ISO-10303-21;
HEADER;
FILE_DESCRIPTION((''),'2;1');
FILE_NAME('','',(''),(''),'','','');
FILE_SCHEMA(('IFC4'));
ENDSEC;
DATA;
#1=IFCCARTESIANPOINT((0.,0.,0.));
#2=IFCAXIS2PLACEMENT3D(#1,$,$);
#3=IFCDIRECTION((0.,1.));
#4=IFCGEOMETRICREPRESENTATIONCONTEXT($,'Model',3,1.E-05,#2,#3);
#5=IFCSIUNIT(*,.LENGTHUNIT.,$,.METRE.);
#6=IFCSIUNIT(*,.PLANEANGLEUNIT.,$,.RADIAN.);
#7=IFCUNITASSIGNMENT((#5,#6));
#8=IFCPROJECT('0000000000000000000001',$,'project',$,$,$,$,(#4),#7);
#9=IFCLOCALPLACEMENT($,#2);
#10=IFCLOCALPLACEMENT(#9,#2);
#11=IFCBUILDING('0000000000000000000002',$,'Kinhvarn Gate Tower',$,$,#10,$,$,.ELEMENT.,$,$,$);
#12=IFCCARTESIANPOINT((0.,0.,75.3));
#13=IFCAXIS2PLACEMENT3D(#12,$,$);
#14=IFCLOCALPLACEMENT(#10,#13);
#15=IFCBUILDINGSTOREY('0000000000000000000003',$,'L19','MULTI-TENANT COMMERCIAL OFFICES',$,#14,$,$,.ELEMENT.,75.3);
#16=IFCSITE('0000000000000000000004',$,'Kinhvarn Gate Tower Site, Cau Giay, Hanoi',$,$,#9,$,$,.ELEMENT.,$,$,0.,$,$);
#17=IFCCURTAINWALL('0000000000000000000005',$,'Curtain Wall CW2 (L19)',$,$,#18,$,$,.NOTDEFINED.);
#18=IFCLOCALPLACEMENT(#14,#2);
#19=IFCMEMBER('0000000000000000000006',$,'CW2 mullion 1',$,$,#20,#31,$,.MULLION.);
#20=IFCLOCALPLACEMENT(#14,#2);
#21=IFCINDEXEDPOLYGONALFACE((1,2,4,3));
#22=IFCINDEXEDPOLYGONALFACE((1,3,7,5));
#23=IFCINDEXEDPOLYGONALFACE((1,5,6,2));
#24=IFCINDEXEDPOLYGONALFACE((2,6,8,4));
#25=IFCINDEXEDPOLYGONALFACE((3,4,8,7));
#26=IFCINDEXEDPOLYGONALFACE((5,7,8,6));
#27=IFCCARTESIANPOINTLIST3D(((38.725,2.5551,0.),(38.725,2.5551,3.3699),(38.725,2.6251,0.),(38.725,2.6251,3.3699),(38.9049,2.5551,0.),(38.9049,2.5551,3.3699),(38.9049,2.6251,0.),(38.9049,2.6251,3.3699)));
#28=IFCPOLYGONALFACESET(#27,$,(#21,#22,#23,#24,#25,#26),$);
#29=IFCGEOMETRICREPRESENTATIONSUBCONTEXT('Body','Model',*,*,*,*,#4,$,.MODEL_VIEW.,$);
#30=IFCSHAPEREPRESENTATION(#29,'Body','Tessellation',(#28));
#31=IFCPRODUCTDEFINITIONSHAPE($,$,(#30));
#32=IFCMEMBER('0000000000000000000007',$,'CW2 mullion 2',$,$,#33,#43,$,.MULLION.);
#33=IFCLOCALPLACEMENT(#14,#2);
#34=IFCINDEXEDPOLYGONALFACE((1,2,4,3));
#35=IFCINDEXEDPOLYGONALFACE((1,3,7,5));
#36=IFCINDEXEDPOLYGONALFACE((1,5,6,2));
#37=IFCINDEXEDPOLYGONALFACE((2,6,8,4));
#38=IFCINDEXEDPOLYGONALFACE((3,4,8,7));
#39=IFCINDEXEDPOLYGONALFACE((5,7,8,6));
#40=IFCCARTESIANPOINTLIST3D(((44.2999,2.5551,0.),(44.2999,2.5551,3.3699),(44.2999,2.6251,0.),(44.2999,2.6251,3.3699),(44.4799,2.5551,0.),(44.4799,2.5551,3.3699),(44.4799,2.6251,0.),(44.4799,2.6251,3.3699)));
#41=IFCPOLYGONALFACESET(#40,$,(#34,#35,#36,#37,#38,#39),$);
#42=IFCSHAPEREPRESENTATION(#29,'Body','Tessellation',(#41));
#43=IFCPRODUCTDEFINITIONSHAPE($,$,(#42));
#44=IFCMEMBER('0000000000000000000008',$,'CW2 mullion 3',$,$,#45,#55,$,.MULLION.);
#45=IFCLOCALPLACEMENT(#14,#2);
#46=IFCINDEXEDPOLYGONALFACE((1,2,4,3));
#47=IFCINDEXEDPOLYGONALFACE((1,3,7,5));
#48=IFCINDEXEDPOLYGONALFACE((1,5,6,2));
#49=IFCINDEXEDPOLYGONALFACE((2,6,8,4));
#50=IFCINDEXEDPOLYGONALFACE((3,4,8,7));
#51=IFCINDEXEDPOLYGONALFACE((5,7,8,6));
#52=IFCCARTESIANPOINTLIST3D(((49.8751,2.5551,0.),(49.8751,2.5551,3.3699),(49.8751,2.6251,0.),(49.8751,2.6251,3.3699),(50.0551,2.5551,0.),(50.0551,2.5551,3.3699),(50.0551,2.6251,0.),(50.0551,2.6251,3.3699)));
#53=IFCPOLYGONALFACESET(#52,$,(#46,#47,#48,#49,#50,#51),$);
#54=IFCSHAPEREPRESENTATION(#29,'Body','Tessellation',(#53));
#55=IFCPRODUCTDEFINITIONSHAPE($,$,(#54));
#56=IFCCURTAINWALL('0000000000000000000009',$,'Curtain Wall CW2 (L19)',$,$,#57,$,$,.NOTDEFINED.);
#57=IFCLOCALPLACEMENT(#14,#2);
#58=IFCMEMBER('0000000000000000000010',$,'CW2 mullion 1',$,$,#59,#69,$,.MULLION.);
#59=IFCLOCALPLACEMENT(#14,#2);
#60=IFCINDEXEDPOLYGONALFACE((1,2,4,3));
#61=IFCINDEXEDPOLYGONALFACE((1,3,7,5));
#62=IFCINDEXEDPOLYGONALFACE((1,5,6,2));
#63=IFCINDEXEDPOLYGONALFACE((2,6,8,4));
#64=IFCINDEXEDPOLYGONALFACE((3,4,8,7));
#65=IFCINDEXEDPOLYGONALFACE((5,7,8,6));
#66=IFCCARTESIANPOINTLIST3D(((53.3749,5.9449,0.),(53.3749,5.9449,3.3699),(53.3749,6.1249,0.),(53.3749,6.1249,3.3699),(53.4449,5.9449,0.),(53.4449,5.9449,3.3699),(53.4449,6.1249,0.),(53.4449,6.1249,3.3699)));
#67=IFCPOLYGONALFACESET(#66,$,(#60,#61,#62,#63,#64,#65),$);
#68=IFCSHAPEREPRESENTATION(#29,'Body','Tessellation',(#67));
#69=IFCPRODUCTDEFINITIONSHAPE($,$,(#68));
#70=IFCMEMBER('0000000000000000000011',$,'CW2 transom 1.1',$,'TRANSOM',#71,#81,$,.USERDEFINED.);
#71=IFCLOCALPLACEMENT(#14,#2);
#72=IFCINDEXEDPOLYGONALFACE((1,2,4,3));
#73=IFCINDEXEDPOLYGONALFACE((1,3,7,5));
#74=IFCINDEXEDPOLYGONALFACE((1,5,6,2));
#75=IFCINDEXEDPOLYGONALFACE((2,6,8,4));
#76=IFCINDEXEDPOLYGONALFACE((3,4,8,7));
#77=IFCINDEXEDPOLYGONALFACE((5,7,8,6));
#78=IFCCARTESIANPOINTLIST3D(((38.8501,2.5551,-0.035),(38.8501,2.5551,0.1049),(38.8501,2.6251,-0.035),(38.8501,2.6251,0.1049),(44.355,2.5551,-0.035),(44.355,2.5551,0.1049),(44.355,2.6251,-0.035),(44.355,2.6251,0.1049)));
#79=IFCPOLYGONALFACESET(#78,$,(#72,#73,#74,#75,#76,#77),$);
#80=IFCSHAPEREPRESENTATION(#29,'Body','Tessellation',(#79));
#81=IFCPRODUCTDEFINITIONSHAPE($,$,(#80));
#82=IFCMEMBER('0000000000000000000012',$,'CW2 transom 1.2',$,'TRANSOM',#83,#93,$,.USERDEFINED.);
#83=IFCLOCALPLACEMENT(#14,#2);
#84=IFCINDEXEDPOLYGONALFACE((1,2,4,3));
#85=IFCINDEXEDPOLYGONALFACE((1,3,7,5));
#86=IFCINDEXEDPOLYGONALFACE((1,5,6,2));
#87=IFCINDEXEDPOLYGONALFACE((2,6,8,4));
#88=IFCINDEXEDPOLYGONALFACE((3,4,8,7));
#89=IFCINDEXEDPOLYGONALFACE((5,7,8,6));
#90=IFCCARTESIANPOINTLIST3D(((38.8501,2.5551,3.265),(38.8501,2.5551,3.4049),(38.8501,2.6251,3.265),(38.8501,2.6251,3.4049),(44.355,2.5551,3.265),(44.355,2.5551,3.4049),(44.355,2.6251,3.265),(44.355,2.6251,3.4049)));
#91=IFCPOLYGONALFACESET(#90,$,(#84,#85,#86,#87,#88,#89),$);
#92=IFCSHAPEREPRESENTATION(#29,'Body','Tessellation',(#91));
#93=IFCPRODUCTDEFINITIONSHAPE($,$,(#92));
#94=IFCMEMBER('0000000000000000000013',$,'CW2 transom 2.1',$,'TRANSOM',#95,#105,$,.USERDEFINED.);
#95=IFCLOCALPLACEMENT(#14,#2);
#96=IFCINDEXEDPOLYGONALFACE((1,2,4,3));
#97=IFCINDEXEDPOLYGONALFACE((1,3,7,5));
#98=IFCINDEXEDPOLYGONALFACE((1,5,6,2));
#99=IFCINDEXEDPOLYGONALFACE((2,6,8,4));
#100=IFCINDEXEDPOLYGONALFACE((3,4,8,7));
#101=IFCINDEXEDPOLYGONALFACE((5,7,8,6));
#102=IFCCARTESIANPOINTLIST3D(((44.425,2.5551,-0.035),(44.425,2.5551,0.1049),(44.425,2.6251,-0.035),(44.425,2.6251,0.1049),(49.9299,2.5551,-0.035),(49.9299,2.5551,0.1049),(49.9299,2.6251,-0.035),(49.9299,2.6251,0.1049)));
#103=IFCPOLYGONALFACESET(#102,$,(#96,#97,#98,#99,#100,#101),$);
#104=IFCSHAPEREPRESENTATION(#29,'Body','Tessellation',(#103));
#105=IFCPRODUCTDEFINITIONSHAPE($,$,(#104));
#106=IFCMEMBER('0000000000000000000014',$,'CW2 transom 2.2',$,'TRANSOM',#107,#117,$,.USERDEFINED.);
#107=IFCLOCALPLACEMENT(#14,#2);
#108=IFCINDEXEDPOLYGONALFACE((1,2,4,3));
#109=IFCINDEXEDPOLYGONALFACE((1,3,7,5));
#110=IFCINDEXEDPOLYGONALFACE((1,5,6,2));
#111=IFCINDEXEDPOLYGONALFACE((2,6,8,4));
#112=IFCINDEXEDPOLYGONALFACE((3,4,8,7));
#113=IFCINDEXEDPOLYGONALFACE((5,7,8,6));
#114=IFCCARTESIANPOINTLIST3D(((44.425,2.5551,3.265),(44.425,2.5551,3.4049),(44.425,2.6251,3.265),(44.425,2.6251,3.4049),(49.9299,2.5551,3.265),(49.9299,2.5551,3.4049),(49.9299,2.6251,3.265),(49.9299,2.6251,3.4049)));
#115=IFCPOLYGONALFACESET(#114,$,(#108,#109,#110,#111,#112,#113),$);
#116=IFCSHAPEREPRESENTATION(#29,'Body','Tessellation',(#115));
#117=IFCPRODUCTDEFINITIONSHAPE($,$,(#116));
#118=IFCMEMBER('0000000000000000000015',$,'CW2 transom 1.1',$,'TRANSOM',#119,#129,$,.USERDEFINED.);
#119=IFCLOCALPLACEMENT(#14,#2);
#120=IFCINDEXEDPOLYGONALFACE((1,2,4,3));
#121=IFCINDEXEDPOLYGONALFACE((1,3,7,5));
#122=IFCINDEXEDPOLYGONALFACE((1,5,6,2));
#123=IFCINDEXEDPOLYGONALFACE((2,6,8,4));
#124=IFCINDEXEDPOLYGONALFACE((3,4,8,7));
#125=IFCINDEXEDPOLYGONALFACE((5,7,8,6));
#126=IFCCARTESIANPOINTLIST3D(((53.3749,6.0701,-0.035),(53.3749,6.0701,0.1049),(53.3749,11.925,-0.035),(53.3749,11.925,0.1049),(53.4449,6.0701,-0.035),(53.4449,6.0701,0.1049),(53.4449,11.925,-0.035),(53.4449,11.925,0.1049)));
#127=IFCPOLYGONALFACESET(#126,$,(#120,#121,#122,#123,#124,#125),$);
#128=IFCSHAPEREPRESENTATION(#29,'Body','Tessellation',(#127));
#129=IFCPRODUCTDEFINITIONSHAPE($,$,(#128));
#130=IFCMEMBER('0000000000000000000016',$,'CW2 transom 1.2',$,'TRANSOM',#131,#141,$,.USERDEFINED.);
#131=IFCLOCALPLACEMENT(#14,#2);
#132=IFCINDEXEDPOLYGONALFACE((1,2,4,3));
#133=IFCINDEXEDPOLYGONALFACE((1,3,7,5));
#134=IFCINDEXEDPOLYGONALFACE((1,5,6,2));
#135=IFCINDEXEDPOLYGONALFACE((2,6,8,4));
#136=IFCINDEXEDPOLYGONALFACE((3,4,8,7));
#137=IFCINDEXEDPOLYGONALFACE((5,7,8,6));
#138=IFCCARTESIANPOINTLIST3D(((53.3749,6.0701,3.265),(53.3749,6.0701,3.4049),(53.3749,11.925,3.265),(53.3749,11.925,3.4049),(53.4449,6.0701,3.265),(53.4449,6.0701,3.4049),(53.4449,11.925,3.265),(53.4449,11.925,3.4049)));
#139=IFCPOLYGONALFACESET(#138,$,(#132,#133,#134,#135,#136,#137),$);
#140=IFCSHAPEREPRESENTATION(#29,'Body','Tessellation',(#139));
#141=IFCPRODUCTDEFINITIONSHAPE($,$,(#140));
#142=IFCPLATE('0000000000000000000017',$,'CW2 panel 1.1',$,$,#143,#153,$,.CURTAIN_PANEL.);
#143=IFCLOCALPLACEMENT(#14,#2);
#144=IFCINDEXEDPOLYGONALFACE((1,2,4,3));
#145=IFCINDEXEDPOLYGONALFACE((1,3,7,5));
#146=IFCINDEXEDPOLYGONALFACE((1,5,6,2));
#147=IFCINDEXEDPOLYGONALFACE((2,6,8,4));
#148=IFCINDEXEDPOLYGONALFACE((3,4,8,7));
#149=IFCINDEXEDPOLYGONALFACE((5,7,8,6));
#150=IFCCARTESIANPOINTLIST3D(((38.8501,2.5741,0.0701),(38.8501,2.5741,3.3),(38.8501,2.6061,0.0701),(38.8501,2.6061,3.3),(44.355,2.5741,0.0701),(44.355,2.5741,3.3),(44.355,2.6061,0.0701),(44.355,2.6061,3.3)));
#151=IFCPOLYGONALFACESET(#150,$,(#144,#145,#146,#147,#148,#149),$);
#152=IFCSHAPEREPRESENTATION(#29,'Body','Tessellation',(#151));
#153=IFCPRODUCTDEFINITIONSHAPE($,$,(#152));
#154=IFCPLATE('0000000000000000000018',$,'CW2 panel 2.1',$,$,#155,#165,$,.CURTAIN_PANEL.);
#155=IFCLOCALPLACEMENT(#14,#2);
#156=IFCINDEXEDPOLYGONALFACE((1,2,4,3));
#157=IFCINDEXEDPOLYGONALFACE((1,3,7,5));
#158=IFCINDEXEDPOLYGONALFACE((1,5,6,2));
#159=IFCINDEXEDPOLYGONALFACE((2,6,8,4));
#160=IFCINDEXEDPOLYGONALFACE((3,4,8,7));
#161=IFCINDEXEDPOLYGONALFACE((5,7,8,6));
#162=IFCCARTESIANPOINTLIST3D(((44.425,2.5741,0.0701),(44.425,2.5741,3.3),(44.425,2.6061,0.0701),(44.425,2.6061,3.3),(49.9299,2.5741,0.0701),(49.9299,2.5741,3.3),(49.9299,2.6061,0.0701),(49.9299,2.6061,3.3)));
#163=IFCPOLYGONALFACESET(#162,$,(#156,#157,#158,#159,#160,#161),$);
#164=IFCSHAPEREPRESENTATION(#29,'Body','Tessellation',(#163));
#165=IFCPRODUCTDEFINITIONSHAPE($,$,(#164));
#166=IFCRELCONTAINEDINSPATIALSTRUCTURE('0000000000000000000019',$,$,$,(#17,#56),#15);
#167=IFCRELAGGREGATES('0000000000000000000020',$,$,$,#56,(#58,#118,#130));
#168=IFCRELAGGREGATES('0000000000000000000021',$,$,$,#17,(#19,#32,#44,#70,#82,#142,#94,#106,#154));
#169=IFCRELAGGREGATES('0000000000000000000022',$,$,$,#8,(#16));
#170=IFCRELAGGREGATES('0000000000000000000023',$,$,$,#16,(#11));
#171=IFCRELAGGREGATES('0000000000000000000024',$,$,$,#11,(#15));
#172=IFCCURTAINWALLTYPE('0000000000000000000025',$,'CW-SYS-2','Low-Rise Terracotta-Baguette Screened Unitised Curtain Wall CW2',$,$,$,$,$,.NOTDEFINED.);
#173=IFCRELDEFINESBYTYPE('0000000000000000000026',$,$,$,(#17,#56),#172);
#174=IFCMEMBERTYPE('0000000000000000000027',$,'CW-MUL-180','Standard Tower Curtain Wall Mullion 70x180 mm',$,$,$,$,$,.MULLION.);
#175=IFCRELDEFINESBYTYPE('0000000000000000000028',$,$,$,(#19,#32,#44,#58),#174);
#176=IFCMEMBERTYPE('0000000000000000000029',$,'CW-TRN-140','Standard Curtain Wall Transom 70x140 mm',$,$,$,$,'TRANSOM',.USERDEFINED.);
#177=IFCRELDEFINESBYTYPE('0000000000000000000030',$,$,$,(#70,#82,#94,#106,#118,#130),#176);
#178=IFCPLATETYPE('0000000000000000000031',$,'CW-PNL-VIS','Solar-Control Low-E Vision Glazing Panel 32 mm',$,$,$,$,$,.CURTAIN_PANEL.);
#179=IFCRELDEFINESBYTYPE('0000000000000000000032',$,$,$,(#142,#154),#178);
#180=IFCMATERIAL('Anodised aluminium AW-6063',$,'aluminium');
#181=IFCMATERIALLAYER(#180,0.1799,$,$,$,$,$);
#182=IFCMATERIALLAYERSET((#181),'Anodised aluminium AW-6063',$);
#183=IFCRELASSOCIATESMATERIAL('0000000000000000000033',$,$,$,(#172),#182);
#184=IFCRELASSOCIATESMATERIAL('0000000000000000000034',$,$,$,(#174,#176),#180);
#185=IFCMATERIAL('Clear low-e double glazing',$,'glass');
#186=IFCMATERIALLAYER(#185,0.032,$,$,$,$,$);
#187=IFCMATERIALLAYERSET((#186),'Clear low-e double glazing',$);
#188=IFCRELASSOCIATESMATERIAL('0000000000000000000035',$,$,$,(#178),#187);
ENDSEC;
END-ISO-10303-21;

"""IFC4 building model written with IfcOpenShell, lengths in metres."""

from ifc_helpers import new_model, si_unit, direction, frame, origin, origin_2d, place, context, subcontext, project, spatial, rectangle, extrude, material, layer, layer_set, material_profile, profile_set, type_object, element, aggregate, save


model = new_model("IFC4")

# Units and contexts
model_context = context("Model", 3, precision=1e-05, world=origin(), true_north=direction((0.0, 1.0)))
body_context = subcontext(model_context, "Body", "Model", "MODEL_VIEW")
ifc_project = project(units=[si_unit("LENGTHUNIT", "METRE"), si_unit("PLANEANGLEUNIT", "RADIAN")], contexts=[model_context])

# Site, building, storey
site_placement = place(None, origin())
site = spatial("IfcSite", under=ifc_project, at=site_placement, Name="Kinhvarn Gate Tower Site, Cau Giay, Hanoi", CompositionType="ELEMENT", RefElevation=0.0)
building_placement = place(site_placement, origin())
building = spatial("IfcBuilding", under=site, at=building_placement, Name="Kinhvarn Gate Tower", CompositionType="ELEMENT")
storey_placement = place(building_placement, frame((0.0, 0.0, 75.3)))
storey = spatial("IfcBuildingStorey", under=building, at=storey_placement, Name="L19", Description="MULTI-TENANT COMMERCIAL OFFICES", CompositionType="ELEMENT", Elevation=75.3)

# Curtain wall, members
ifc_material_1 = material(Name="Anodised aluminium AW-6063", Category="aluminium")
ifc_layer_1 = layer(ifc_material_1, 0.1799)
ifc_layer_set_1 = layer_set([ifc_layer_1], Name="Anodised aluminium AW-6063")
curtain_wall_type = type_object("IfcCurtainWallType", Name="CW-SYS-2", Description="Low-Rise Terracotta-Baguette Screened Unitised Curtain Wall CW2", PredefinedType="NOTDEFINED", material=ifc_layer_set_1)
curtain_wall_1_placement = place(storey_placement, origin())
curtain_wall_1 = element("IfcCurtainWall", 1, at=curtain_wall_1_placement, inside=storey, type_object=curtain_wall_type, Name="Curtain Wall CW2 (L19)", PredefinedType="NOTDEFINED")
ifc_material_profile_1 = material_profile(ifc_material_1, rectangle(XDim=0.0701, YDim=0.1799, at=origin_2d()), Name="ALU 70x180")
ifc_profile_set_1 = profile_set([ifc_material_profile_1], Name="Anodised aluminium AW-6063")
member_type_1 = type_object("IfcMemberType", Name="CW-MUL-180", Description="Standard Tower Curtain Wall Mullion 70x180 mm", PredefinedType="MULLION", material=ifc_profile_set_1)
member_1_placement = place(storey_placement, frame((38.8149, 2.5901, 0.0), z_axis=(0.0, 0.0, 1.0), x_axis=(0.0, 1.0, 0.0)))
member_1 = element("IfcMember", 2, at=member_1_placement, type_object=member_type_1, Name="CW2 mullion 1", PredefinedType="MULLION", context=body_context, shape_type="SweptSolid", body=[
    extrude(rectangle(XDim=0.0701, YDim=0.1799, at=origin_2d()), origin(), (0.0, 0.0, 1.0), 3.3699),
])
member_2_placement = place(storey_placement, frame((44.3899, 2.5901, 0.0), z_axis=(0.0, 0.0, 1.0), x_axis=(0.0, 1.0, 0.0)))
member_2 = element("IfcMember", 3, at=member_2_placement, type_object=member_type_1, Name="CW2 mullion 2", PredefinedType="MULLION", context=body_context, shape_type="SweptSolid", body=[
    extrude(rectangle(XDim=0.0701, YDim=0.1799, at=origin_2d()), origin(), (0.0, 0.0, 1.0), 3.3699),
])
member_3_placement = place(storey_placement, frame((49.9651, 2.5901, 0.0), z_axis=(0.0, 0.0, 1.0), x_axis=(0.0, 1.0, 0.0)))
member_3 = element("IfcMember", 4, at=member_3_placement, type_object=member_type_1, Name="CW2 mullion 3", PredefinedType="MULLION", context=body_context, shape_type="SweptSolid", body=[
    extrude(rectangle(XDim=0.0701, YDim=0.1799, at=origin_2d()), origin(), (0.0, 0.0, 1.0), 3.3699),
])

# Curtain wall, member
curtain_wall_2_placement = place(storey_placement, origin())
curtain_wall_2 = element("IfcCurtainWall", 5, at=curtain_wall_2_placement, inside=storey, type_object=curtain_wall_type, Name="Curtain Wall CW2 (L19)", PredefinedType="NOTDEFINED")
member_4_placement = place(storey_placement, frame((53.4099, 6.0349, 0.0), z_axis=(0.0, 0.0, 1.0), x_axis=(-1.0, 0.0, 0.0)))
member_4 = element("IfcMember", 6, at=member_4_placement, type_object=member_type_1, Name="CW2 mullion 1", PredefinedType="MULLION", context=body_context, shape_type="SweptSolid", body=[
    extrude(rectangle(XDim=0.0701, YDim=0.1799, at=origin_2d()), origin(), (0.0, 0.0, 1.0), 3.3699),
])

# Members
ifc_material_profile_2 = material_profile(ifc_material_1, rectangle(XDim=0.0701, YDim=0.1399, at=origin_2d()), Name="ALU 70x140")
ifc_profile_set_2 = profile_set([ifc_material_profile_2], Name="Anodised aluminium AW-6063")
member_type_2 = type_object("IfcMemberType", Name="CW-TRN-140", Description="Standard Curtain Wall Transom 70x140 mm", ElementType="TRANSOM", PredefinedType="USERDEFINED", material=ifc_profile_set_2)
member_5_placement = place(storey_placement, frame((38.8501, 2.5901, 0.0349), z_axis=(1.0, 0.0, 0.0), x_axis=(0.0, 1.0, 0.0)))
member_5 = element("IfcMember", 7, at=member_5_placement, type_object=member_type_2, Name="CW2 transom 1.1", ObjectType="TRANSOM", PredefinedType="USERDEFINED", context=body_context, shape_type="SweptSolid", body=[
    extrude(rectangle(XDim=0.0701, YDim=0.1399, at=origin_2d()), origin(), (0.0, 0.0, 1.0), 5.5049),
])
member_6_placement = place(storey_placement, frame((38.8501, 2.5901, 3.335), z_axis=(1.0, 0.0, 0.0), x_axis=(0.0, 1.0, 0.0)))
member_6 = element("IfcMember", 8, at=member_6_placement, type_object=member_type_2, Name="CW2 transom 1.2", ObjectType="TRANSOM", PredefinedType="USERDEFINED", context=body_context, shape_type="SweptSolid", body=[
    extrude(rectangle(XDim=0.0701, YDim=0.1399, at=origin_2d()), origin(), (0.0, 0.0, 1.0), 5.5049),
])
member_7_placement = place(storey_placement, frame((44.425, 2.5901, 0.0349), z_axis=(1.0, 0.0, 0.0), x_axis=(0.0, 1.0, 0.0)))
member_7 = element("IfcMember", 9, at=member_7_placement, type_object=member_type_2, Name="CW2 transom 2.1", ObjectType="TRANSOM", PredefinedType="USERDEFINED", context=body_context, shape_type="SweptSolid", body=[
    extrude(rectangle(XDim=0.0701, YDim=0.1399, at=origin_2d()), origin(), (0.0, 0.0, 1.0), 5.5049),
])
member_8_placement = place(storey_placement, frame((44.425, 2.5901, 3.335), z_axis=(1.0, 0.0, 0.0), x_axis=(0.0, 1.0, 0.0)))
member_8 = element("IfcMember", 10, at=member_8_placement, type_object=member_type_2, Name="CW2 transom 2.2", ObjectType="TRANSOM", PredefinedType="USERDEFINED", context=body_context, shape_type="SweptSolid", body=[
    extrude(rectangle(XDim=0.0701, YDim=0.1399, at=origin_2d()), origin(), (0.0, 0.0, 1.0), 5.5049),
])
member_9_placement = place(storey_placement, frame((53.4099, 6.0701, 0.0349), z_axis=(0.0, 1.0, 0.0), x_axis=(-1.0, 0.0, 0.0)))
member_9 = element("IfcMember", 11, at=member_9_placement, type_object=member_type_2, Name="CW2 transom 1.1", ObjectType="TRANSOM", PredefinedType="USERDEFINED", context=body_context, shape_type="SweptSolid", body=[
    extrude(rectangle(XDim=0.0701, YDim=0.1399, at=origin_2d()), origin(), (0.0, 0.0, 1.0), 5.855),
])
member_10_placement = place(storey_placement, frame((53.4099, 6.0701, 3.335), z_axis=(0.0, 1.0, 0.0), x_axis=(-1.0, 0.0, 0.0)))
member_10 = element("IfcMember", 12, at=member_10_placement, type_object=member_type_2, Name="CW2 transom 1.2", ObjectType="TRANSOM", PredefinedType="USERDEFINED", context=body_context, shape_type="SweptSolid", body=[
    extrude(rectangle(XDim=0.0701, YDim=0.1399, at=origin_2d()), origin(), (0.0, 0.0, 1.0), 5.855),
])
aggregate(curtain_wall_2, [member_4, member_9, member_10])

# Plates
ifc_material_2 = material(Name="Clear low-e double glazing", Category="glass")
ifc_layer_2 = layer(ifc_material_2, 0.032)
ifc_layer_set_2 = layer_set([ifc_layer_2], Name="Clear low-e double glazing")
plate_type = type_object("IfcPlateType", Name="CW-PNL-VIS", Description="Solar-Control Low-E Vision Glazing Panel 32 mm", PredefinedType="CURTAIN_PANEL", material=ifc_layer_set_2)
plate_1_placement = place(storey_placement, frame((41.6025, 2.5901, 0.0701), z_axis=(0.0, 0.0, 1.0), x_axis=(1.0, 0.0, 0.0)))
plate_1 = element("IfcPlate", 13, at=plate_1_placement, type_object=plate_type, Name="CW2 panel 1.1", PredefinedType="CURTAIN_PANEL", context=body_context, shape_type="SweptSolid", body=[
    extrude(rectangle(XDim=5.5049, YDim=0.032, at=origin_2d()), origin(), (0.0, 0.0, 1.0), 3.23),
])
plate_2_placement = place(storey_placement, frame((47.1775, 2.5901, 0.0701), z_axis=(0.0, 0.0, 1.0), x_axis=(1.0, 0.0, 0.0)))
plate_2 = element("IfcPlate", 14, at=plate_2_placement, type_object=plate_type, Name="CW2 panel 2.1", PredefinedType="CURTAIN_PANEL", context=body_context, shape_type="SweptSolid", body=[
    extrude(rectangle(XDim=5.5049, YDim=0.032, at=origin_2d()), origin(), (0.0, 0.0, 1.0), 3.23),
])
aggregate(curtain_wall_1, [member_1, member_2, member_3, member_5, member_6, plate_1, member_7, member_8, plate_2])

save(model, "model.ifc")
